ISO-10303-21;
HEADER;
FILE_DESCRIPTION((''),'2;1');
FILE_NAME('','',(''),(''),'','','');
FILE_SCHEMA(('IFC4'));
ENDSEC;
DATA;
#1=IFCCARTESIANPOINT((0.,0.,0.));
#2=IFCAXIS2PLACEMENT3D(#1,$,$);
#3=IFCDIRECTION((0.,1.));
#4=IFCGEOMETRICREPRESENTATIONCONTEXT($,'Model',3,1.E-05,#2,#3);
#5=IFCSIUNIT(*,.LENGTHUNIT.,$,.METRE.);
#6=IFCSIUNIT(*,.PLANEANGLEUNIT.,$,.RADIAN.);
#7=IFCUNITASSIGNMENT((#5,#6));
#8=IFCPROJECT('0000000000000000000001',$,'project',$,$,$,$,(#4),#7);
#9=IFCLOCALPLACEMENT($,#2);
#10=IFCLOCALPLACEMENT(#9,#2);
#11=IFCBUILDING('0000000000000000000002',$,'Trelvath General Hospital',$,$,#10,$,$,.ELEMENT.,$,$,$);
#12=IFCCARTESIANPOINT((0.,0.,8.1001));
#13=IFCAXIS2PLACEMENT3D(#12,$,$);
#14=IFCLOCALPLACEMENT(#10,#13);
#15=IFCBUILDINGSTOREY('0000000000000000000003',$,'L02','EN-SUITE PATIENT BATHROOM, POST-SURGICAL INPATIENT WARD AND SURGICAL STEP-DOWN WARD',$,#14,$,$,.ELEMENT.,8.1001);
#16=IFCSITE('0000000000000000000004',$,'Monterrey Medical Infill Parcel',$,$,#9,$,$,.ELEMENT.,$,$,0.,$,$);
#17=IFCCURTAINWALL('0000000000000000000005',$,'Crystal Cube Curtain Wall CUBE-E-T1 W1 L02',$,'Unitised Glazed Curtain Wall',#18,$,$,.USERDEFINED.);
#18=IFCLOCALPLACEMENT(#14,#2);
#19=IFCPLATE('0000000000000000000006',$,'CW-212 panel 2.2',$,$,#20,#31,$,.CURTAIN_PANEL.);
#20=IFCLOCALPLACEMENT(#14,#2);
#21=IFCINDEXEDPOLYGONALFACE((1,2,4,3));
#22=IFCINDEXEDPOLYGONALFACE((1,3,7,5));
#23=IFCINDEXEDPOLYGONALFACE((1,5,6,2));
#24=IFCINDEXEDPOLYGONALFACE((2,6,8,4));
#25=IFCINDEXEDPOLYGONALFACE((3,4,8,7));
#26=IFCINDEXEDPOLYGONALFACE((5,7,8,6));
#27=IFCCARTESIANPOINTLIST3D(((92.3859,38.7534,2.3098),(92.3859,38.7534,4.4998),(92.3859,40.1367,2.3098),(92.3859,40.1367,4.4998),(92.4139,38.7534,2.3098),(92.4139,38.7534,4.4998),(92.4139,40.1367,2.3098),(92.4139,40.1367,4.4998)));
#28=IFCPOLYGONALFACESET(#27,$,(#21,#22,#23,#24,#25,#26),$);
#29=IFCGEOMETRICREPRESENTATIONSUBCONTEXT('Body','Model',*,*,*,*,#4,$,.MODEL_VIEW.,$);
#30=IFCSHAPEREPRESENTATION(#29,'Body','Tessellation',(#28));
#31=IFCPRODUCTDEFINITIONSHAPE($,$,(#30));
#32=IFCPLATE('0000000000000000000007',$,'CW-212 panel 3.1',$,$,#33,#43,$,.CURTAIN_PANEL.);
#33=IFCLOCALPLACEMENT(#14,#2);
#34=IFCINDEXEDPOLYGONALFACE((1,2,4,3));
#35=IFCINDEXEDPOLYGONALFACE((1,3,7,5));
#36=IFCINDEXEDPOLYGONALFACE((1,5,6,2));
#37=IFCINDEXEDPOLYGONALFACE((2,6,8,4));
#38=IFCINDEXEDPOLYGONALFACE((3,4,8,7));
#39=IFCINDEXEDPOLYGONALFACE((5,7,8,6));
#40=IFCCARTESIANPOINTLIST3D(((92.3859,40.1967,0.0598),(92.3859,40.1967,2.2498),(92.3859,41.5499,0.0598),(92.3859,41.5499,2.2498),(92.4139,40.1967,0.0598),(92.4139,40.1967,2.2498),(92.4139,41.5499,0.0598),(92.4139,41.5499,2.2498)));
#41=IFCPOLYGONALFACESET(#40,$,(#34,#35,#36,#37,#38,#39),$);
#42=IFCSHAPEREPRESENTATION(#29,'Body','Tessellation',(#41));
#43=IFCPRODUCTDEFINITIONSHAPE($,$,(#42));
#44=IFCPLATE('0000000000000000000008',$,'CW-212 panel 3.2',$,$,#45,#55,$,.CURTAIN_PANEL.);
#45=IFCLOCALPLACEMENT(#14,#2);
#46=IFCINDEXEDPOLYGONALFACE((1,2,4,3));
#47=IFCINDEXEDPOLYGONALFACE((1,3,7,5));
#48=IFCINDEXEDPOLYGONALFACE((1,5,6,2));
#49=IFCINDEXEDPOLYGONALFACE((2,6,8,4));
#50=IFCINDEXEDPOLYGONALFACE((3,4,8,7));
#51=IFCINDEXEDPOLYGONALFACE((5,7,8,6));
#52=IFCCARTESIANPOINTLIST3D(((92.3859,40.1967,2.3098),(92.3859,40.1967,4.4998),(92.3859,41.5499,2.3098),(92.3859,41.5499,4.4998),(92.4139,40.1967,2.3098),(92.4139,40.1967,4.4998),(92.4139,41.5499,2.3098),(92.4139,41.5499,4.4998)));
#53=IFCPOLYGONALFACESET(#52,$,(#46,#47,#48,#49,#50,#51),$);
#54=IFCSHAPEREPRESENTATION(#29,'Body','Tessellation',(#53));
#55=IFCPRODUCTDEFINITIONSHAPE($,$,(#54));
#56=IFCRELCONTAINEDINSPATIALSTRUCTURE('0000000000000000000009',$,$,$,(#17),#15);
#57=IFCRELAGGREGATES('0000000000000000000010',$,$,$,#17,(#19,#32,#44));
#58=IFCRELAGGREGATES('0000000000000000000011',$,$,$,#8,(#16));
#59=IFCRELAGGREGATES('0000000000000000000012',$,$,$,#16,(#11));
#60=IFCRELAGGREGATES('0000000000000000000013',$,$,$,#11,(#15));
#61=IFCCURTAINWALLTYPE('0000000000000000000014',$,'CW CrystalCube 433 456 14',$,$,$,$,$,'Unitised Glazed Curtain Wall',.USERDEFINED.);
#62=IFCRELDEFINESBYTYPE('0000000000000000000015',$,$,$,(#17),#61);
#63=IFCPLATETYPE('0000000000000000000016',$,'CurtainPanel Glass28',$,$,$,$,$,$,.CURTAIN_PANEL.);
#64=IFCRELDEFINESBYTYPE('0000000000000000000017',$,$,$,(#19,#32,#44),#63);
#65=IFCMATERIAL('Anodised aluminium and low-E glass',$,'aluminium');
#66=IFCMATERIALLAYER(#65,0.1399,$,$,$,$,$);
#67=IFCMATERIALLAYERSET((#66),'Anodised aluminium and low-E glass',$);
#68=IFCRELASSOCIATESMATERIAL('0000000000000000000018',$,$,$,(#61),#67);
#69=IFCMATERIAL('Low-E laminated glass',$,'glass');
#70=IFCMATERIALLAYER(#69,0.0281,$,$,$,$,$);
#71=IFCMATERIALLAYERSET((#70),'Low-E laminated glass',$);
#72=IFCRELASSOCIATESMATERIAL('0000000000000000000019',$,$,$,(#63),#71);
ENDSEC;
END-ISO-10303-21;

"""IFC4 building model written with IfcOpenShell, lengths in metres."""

from ifc_helpers import new_model, si_unit, direction, frame, origin, origin_2d, place, context, subcontext, project, spatial, rectangle, extrude, material, layer, layer_set, type_object, element, aggregate, save


model = new_model("IFC4")

# Units and contexts
model_context = context("Model", 3, precision=1e-05, world=origin(), true_north=direction((0.0, 1.0)))
body_context = subcontext(model_context, "Body", "Model", "MODEL_VIEW")
ifc_project = project(units=[si_unit("LENGTHUNIT", "METRE"), si_unit("PLANEANGLEUNIT", "RADIAN")], contexts=[model_context])

# Site, building, storey
site_placement = place(None, origin())
site = spatial("IfcSite", under=ifc_project, at=site_placement, Name="Monterrey Medical Infill Parcel", CompositionType="ELEMENT", RefElevation=0.0)
building_placement = place(site_placement, origin())
building = spatial("IfcBuilding", under=site, at=building_placement, Name="Trelvath General Hospital", CompositionType="ELEMENT")
storey_placement = place(building_placement, frame((0.0, 0.0, 8.1001)))
storey = spatial("IfcBuildingStorey", under=building, at=storey_placement, Name="L02", Description="EN-SUITE PATIENT BATHROOM, POST-SURGICAL INPATIENT WARD AND SURGICAL STEP-DOWN WARD", CompositionType="ELEMENT", Elevation=8.1001)

# Curtain wall
ifc_material_1 = material(Name="Anodised aluminium and low-E glass", Category="aluminium")
ifc_layer_1 = layer(ifc_material_1, 0.1399)
ifc_layer_set_1 = layer_set([ifc_layer_1], Name="Anodised aluminium and low-E glass")
curtain_wall_type_1 = type_object("IfcCurtainWallType", Name="CW CrystalCube 433 456 14", ElementType="Unitised Glazed Curtain Wall", PredefinedType="USERDEFINED", material=ifc_layer_set_1)
curtain_wall_1_placement = place(storey_placement, origin())
curtain_wall_1 = element("IfcCurtainWall", 1, at=curtain_wall_1_placement, inside=storey, type_object=curtain_wall_type_1, Name="Crystal Cube Curtain Wall CUBE-E-T1 W1 L02", ObjectType="Unitised Glazed Curtain Wall", PredefinedType="USERDEFINED")

# Plates
ifc_material_2 = material(Name="Low-E laminated glass", Category="glass")
ifc_layer_2 = layer(ifc_material_2, 0.0281)
ifc_layer_set_2 = layer_set([ifc_layer_2], Name="Low-E laminated glass")
plate_type = type_object("IfcPlateType", Name="CurtainPanel Glass28", PredefinedType="CURTAIN_PANEL", material=ifc_layer_set_2)
plate_1_placement = place(storey_placement, frame((92.3999, 39.4451, 2.3098), z_axis=(0.0, 0.0, 1.0), x_axis=(0.0, 1.0, 0.0)))
plate_1 = element("IfcPlate", 2, at=plate_1_placement, type_object=plate_type, Name="CW-212 panel 2.2", PredefinedType="CURTAIN_PANEL", context=body_context, shape_type="SweptSolid", body=[
    extrude(rectangle(XDim=1.3833, YDim=0.0281, at=origin_2d()), origin(), (0.0, 0.0, 1.0), 2.1899),
])
plate_2_placement = place(storey_placement, frame((92.3999, 40.8733, 0.0598), z_axis=(0.0, 0.0, 1.0), x_axis=(0.0, 1.0, 0.0)))
plate_2 = element("IfcPlate", 3, at=plate_2_placement, type_object=plate_type, Name="CW-212 panel 3.1", PredefinedType="CURTAIN_PANEL", context=body_context, shape_type="SweptSolid", body=[
    extrude(rectangle(XDim=1.3533, YDim=0.0281, at=origin_2d()), origin(), (0.0, 0.0, 1.0), 2.1899),
])
plate_3_placement = place(storey_placement, frame((92.3999, 40.8733, 2.3098), z_axis=(0.0, 0.0, 1.0), x_axis=(0.0, 1.0, 0.0)))
plate_3 = element("IfcPlate", 4, at=plate_3_placement, type_object=plate_type, Name="CW-212 panel 3.2", PredefinedType="CURTAIN_PANEL", context=body_context, shape_type="SweptSolid", body=[
    extrude(rectangle(XDim=1.3533, YDim=0.0281, at=origin_2d()), origin(), (0.0, 0.0, 1.0), 2.1899),
])
aggregate(curtain_wall_1, [plate_1, plate_2, plate_3])

save(model, "model.ifc")
